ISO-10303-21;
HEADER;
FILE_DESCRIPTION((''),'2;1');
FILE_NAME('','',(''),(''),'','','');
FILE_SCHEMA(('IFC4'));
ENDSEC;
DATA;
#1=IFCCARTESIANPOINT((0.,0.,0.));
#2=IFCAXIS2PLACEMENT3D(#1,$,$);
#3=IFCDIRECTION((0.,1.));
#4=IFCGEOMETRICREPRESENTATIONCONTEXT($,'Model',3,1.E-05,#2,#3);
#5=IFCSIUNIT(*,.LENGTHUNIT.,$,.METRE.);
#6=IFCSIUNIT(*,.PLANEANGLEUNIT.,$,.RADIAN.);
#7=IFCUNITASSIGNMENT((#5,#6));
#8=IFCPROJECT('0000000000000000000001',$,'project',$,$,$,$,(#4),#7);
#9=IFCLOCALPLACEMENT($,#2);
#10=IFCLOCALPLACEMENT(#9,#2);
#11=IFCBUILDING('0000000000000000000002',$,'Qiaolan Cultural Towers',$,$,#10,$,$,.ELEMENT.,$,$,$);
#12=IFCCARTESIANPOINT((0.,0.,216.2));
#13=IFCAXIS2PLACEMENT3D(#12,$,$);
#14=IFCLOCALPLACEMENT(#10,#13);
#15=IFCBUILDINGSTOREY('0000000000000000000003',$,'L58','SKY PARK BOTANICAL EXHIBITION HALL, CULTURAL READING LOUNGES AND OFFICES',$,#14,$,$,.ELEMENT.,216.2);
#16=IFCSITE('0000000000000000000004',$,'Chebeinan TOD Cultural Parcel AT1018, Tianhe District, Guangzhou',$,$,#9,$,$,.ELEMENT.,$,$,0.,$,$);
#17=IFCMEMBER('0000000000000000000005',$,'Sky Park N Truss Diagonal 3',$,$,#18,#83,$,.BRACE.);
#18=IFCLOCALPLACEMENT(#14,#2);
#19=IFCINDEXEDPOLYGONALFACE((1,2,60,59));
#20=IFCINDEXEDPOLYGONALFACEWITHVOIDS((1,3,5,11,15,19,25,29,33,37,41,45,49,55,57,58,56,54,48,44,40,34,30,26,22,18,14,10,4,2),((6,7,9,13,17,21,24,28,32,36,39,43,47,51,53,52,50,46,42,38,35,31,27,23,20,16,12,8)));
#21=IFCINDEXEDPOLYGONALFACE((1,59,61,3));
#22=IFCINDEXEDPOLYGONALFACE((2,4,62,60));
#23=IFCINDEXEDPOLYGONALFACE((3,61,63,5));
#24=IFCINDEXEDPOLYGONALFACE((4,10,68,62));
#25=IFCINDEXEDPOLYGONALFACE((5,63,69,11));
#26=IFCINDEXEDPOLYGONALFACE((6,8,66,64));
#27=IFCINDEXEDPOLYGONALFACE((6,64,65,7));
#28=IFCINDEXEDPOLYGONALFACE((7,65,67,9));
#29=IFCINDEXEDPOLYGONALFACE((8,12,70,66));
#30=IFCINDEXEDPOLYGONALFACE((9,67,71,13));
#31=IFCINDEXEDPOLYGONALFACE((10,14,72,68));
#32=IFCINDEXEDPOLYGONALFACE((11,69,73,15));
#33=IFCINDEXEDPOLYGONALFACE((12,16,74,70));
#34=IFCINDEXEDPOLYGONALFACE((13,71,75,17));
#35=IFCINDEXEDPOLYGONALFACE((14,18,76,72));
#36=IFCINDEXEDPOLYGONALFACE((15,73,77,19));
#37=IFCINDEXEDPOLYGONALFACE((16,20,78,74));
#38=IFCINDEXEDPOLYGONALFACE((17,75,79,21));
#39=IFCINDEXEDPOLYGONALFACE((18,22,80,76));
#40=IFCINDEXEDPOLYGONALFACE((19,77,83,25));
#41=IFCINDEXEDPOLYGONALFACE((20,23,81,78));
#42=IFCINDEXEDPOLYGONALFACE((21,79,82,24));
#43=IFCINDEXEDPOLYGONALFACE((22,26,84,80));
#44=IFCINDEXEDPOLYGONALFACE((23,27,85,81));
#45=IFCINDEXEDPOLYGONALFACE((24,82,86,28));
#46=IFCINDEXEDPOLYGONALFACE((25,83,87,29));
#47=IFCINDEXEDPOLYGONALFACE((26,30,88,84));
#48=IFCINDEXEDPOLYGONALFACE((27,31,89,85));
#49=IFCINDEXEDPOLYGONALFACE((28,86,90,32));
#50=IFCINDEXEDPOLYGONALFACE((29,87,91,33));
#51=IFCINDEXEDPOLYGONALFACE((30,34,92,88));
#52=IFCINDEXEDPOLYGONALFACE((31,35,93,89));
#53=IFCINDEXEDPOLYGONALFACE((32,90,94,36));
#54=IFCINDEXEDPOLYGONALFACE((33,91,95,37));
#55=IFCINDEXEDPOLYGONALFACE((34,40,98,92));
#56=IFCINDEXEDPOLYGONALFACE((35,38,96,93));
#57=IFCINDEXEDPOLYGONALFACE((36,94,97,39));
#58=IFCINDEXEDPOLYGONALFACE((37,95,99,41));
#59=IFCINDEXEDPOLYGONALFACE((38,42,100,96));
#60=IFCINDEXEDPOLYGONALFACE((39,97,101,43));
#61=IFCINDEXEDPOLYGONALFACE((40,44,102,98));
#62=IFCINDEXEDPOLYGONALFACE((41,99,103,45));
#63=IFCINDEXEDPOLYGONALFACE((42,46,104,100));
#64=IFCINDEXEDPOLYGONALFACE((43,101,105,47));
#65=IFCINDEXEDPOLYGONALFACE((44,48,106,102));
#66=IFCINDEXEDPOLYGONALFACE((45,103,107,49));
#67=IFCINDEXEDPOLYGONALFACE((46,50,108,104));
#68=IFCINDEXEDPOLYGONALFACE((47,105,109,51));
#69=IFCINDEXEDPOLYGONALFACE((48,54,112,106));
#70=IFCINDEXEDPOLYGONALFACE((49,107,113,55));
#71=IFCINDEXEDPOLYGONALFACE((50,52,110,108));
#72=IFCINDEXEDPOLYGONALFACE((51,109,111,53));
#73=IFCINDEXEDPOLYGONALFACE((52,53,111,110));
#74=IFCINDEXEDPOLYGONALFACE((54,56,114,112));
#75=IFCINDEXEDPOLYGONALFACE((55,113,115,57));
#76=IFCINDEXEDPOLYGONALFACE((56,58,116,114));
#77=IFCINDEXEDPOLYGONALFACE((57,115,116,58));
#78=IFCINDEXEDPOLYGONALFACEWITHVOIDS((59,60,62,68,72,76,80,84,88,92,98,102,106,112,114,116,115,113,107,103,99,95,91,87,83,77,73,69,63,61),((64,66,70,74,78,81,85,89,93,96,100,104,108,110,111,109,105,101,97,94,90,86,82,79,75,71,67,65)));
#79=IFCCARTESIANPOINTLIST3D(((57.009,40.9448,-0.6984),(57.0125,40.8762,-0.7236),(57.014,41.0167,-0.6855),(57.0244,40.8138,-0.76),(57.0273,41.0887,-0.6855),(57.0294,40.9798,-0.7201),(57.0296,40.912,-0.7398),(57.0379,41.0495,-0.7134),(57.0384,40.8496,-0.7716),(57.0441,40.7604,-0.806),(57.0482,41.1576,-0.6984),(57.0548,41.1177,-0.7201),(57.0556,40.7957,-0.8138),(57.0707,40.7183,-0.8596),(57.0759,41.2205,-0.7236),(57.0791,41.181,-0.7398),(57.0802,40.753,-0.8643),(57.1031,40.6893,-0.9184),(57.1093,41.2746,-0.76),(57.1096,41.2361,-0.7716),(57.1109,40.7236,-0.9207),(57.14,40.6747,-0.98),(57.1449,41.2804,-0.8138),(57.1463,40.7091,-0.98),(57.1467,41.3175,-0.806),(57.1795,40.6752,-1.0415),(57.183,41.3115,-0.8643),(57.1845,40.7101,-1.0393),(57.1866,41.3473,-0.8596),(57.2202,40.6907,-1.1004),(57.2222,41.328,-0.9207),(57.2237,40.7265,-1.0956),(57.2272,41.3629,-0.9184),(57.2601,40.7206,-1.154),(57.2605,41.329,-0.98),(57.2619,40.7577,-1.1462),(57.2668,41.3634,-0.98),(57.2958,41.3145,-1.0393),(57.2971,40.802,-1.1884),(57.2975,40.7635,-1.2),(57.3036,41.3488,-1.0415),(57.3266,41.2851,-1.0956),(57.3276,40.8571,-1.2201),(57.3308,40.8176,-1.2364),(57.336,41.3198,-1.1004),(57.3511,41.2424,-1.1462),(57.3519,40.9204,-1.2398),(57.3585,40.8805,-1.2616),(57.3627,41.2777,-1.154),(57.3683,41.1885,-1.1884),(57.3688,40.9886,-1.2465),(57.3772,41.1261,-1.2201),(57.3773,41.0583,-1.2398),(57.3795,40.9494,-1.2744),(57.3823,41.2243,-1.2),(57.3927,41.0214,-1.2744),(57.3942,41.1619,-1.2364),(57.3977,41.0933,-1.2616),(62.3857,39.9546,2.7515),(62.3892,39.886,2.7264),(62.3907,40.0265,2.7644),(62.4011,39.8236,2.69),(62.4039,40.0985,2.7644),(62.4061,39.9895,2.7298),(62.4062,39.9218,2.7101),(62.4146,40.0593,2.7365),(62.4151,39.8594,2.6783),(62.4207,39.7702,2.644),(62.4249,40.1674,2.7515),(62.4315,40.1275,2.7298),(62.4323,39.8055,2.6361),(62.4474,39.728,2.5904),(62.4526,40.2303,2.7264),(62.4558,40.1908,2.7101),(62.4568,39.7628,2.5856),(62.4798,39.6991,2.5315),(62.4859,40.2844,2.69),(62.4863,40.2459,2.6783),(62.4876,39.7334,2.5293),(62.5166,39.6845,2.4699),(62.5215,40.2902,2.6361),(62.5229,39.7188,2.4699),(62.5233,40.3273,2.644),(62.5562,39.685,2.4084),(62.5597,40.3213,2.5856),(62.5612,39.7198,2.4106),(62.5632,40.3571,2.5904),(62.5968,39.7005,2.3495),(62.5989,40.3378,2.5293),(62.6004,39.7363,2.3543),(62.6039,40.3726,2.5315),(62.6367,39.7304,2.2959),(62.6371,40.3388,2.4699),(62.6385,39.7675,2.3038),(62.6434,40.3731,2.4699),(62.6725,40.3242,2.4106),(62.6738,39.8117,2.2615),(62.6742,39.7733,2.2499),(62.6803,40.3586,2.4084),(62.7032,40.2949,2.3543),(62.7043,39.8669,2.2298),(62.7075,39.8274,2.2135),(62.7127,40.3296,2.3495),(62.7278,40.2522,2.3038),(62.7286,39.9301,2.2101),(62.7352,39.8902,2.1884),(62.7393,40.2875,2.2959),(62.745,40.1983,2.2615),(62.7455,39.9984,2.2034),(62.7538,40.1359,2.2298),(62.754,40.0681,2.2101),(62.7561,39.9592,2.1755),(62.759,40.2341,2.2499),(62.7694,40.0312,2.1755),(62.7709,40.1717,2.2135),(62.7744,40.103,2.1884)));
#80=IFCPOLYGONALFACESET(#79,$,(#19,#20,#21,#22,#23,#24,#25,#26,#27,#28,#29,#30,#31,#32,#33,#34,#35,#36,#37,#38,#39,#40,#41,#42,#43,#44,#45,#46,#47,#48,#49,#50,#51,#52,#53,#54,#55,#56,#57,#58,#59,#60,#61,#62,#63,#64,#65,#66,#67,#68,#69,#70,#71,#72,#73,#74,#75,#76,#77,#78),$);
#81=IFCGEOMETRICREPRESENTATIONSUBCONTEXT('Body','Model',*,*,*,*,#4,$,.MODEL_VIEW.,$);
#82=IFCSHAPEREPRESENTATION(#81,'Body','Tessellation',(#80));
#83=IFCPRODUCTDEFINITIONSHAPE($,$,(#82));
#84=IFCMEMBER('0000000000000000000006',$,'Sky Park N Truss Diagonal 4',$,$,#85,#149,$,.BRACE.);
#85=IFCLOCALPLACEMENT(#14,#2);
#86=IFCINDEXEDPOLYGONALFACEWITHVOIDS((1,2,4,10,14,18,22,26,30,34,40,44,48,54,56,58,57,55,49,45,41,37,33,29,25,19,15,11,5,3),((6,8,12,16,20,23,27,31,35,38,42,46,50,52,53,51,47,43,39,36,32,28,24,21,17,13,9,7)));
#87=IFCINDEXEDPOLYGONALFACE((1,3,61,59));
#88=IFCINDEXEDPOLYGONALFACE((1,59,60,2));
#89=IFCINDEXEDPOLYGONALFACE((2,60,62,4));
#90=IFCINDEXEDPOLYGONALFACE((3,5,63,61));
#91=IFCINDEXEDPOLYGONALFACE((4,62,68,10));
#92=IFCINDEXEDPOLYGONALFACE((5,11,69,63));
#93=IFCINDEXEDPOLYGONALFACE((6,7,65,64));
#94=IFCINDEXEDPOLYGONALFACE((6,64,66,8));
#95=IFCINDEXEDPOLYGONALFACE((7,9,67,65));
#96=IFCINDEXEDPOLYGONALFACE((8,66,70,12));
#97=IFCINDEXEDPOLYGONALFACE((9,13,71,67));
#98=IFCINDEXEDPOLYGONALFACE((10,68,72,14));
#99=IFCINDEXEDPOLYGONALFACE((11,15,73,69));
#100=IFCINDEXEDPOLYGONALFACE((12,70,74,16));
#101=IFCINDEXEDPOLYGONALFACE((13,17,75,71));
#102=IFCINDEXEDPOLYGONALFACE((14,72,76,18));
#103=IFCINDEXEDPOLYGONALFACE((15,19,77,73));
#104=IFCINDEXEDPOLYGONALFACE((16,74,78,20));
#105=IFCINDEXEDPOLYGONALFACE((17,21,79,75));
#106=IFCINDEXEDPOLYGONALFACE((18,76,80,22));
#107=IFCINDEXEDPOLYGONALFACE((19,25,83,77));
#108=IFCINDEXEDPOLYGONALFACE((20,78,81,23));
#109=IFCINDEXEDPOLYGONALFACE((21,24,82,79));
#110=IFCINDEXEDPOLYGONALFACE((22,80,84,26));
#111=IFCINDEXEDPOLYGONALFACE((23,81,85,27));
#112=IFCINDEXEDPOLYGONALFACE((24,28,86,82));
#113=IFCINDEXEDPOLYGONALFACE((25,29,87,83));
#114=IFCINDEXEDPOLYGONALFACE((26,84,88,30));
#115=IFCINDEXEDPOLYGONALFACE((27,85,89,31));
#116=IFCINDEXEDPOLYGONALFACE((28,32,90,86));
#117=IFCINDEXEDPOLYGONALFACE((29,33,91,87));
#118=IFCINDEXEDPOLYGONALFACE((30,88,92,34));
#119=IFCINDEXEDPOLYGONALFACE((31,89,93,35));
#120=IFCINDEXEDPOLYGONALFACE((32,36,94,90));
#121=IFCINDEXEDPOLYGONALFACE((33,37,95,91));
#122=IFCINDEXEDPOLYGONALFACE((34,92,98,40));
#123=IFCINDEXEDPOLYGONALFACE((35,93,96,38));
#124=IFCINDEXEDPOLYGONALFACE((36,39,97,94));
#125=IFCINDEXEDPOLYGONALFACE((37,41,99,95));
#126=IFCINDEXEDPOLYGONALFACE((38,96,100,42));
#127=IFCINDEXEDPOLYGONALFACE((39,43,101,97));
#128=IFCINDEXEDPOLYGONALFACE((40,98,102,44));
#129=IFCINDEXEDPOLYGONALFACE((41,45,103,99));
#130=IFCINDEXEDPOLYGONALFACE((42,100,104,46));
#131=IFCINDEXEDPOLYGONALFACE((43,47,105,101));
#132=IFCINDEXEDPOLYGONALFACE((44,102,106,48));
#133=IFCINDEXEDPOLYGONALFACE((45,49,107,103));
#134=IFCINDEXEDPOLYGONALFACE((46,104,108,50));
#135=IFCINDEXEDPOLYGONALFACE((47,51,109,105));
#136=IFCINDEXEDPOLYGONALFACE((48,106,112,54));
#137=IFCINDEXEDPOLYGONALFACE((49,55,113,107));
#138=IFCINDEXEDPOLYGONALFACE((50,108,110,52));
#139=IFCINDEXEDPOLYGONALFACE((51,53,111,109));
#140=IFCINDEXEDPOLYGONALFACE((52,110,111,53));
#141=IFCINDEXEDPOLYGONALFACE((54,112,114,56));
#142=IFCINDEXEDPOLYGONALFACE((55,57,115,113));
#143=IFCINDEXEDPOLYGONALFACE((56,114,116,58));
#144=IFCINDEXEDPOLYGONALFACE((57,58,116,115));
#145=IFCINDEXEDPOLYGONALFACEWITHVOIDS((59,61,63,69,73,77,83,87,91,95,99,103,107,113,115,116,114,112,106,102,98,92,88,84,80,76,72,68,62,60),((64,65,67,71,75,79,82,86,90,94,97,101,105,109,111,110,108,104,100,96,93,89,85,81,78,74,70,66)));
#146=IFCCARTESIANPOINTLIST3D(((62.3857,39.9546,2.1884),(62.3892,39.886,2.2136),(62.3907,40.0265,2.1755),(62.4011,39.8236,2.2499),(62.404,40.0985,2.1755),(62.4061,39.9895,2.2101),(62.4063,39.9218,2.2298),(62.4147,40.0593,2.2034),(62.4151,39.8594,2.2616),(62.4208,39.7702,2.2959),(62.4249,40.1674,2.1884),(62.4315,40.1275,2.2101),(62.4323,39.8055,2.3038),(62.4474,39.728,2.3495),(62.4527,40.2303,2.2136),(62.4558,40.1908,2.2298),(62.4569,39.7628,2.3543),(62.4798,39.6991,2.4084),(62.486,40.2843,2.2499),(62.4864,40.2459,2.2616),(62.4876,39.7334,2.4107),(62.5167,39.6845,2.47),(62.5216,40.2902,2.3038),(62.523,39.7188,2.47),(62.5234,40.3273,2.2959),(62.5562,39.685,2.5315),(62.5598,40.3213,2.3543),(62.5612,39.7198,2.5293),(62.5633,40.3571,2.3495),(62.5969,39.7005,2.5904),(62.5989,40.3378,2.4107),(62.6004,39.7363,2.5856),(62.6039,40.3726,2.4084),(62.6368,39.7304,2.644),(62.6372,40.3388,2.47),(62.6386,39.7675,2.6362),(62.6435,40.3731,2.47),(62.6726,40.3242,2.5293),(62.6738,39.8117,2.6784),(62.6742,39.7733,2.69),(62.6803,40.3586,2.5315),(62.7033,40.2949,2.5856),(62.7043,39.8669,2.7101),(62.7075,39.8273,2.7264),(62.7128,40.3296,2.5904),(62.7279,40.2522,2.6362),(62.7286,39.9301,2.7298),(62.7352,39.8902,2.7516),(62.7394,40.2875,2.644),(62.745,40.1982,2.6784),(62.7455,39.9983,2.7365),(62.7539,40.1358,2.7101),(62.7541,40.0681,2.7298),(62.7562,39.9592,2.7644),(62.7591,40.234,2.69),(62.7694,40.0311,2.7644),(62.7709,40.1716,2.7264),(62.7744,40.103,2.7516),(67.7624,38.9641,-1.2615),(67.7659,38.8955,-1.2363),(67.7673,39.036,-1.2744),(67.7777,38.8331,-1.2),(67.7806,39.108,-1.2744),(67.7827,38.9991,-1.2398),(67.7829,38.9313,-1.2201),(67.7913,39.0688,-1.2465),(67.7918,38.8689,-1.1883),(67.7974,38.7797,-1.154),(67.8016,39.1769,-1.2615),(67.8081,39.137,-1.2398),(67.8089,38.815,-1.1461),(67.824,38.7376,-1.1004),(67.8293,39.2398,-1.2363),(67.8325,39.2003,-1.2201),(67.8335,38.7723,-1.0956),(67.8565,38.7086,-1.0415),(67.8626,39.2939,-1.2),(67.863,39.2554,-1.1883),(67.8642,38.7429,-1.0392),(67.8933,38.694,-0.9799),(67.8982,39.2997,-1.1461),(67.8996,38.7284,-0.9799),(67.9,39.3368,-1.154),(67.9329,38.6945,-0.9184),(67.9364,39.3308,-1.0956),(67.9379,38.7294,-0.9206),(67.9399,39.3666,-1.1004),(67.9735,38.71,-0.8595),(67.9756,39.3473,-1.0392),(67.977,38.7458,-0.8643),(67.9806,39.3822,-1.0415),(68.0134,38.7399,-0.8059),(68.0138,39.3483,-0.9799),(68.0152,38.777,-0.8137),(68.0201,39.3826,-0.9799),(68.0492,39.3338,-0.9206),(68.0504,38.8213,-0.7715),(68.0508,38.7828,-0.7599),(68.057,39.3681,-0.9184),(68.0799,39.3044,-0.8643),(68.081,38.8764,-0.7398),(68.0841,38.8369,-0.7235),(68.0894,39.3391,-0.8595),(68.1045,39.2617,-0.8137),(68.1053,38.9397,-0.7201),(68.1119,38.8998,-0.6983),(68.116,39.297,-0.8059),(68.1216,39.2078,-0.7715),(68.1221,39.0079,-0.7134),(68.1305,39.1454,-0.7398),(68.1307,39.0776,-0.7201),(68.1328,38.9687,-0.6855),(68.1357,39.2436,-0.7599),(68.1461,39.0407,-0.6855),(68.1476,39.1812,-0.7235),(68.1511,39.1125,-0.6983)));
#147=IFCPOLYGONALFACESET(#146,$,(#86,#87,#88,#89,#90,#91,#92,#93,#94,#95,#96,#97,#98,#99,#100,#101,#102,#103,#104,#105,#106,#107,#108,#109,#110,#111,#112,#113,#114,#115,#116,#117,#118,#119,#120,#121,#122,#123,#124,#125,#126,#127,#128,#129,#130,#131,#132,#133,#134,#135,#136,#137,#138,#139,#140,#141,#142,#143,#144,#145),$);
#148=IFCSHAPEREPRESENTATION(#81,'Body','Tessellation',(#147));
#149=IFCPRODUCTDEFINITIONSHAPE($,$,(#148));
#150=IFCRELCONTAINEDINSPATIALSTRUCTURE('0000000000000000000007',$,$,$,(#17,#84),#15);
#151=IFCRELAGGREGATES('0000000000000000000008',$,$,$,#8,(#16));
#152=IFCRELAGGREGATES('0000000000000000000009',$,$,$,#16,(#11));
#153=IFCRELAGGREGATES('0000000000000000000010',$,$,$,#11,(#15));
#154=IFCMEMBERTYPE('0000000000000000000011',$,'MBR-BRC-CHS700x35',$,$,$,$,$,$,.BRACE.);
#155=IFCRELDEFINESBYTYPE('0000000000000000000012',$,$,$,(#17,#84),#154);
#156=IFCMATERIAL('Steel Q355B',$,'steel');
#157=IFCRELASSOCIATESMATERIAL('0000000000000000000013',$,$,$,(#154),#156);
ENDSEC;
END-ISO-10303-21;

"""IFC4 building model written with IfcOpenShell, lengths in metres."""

from ifc_helpers import new_model, si_unit, direction, frame, origin, origin_2d, place, context, subcontext, project, spatial, hollow_circle, extrude, material, material_profile, profile_set, type_object, element, save


model = new_model("IFC4")

# Units and contexts
model_context = context("Model", 3, precision=1e-05, world=origin(), true_north=direction((0.0, 1.0)))
body_context = subcontext(model_context, "Body", "Model", "MODEL_VIEW")
ifc_project = project(units=[si_unit("LENGTHUNIT", "METRE"), si_unit("PLANEANGLEUNIT", "RADIAN")], contexts=[model_context])

# Site, building, storey
site_placement = place(None, origin())
site = spatial("IfcSite", under=ifc_project, at=site_placement, Name="Chebeinan TOD Cultural Parcel AT1018, Tianhe District, Guangzhou", CompositionType="ELEMENT", RefElevation=0.0)
building_placement = place(site_placement, origin())
building = spatial("IfcBuilding", under=site, at=building_placement, Name="Qiaolan Cultural Towers", CompositionType="ELEMENT")
storey_placement = place(building_placement, frame((0.0, 0.0, 216.2)))
storey = spatial("IfcBuildingStorey", under=building, at=storey_placement, Name="L58", Description="SKY PARK BOTANICAL EXHIBITION HALL, CULTURAL READING LOUNGES AND OFFICES", CompositionType="ELEMENT", Elevation=216.2)

# Members
ifc_material_1 = material(Name="Steel Q355B", Category="steel")
ifc_material_profile_1 = material_profile(ifc_material_1, hollow_circle(Radius=0.3501, WallThickness=0.0349, at=origin_2d()), Name="CHS700x35")
ifc_profile_set_1 = profile_set([ifc_material_profile_1], Name="Steel Q355B")
member_type_1 = type_object("IfcMemberType", Name="MBR-BRC-CHS700x35", PredefinedType="BRACE", material=ifc_profile_set_1)
for number, where, z_axis, x_axis, name in (
    (1, (57.2034, 41.019, -0.98), (0.831709, -0.153177, 0.533664), (0.181125, 0.98346, 0.0), "Sky Park N Truss Diagonal 3"),
    (2, (62.5801, 40.0288, 2.47), (0.831704, -0.153214, -0.533661), (0.181168, 0.983452, 0.0), "Sky Park N Truss Diagonal 4"),
):
    element("IfcMember", number, at=place(storey_placement, frame(where, z_axis=z_axis, x_axis=x_axis)), inside=storey, type_object=member_type_1, Name=name, PredefinedType="BRACE", context=body_context, shape_type="SweptSolid", body=[
        extrude(hollow_circle(Radius=0.3501, WallThickness=0.0349, at=origin_2d()), origin(), (0.0, 0.0, 1.0), 6.4646),
    ])

save(model, "model.ifc")
